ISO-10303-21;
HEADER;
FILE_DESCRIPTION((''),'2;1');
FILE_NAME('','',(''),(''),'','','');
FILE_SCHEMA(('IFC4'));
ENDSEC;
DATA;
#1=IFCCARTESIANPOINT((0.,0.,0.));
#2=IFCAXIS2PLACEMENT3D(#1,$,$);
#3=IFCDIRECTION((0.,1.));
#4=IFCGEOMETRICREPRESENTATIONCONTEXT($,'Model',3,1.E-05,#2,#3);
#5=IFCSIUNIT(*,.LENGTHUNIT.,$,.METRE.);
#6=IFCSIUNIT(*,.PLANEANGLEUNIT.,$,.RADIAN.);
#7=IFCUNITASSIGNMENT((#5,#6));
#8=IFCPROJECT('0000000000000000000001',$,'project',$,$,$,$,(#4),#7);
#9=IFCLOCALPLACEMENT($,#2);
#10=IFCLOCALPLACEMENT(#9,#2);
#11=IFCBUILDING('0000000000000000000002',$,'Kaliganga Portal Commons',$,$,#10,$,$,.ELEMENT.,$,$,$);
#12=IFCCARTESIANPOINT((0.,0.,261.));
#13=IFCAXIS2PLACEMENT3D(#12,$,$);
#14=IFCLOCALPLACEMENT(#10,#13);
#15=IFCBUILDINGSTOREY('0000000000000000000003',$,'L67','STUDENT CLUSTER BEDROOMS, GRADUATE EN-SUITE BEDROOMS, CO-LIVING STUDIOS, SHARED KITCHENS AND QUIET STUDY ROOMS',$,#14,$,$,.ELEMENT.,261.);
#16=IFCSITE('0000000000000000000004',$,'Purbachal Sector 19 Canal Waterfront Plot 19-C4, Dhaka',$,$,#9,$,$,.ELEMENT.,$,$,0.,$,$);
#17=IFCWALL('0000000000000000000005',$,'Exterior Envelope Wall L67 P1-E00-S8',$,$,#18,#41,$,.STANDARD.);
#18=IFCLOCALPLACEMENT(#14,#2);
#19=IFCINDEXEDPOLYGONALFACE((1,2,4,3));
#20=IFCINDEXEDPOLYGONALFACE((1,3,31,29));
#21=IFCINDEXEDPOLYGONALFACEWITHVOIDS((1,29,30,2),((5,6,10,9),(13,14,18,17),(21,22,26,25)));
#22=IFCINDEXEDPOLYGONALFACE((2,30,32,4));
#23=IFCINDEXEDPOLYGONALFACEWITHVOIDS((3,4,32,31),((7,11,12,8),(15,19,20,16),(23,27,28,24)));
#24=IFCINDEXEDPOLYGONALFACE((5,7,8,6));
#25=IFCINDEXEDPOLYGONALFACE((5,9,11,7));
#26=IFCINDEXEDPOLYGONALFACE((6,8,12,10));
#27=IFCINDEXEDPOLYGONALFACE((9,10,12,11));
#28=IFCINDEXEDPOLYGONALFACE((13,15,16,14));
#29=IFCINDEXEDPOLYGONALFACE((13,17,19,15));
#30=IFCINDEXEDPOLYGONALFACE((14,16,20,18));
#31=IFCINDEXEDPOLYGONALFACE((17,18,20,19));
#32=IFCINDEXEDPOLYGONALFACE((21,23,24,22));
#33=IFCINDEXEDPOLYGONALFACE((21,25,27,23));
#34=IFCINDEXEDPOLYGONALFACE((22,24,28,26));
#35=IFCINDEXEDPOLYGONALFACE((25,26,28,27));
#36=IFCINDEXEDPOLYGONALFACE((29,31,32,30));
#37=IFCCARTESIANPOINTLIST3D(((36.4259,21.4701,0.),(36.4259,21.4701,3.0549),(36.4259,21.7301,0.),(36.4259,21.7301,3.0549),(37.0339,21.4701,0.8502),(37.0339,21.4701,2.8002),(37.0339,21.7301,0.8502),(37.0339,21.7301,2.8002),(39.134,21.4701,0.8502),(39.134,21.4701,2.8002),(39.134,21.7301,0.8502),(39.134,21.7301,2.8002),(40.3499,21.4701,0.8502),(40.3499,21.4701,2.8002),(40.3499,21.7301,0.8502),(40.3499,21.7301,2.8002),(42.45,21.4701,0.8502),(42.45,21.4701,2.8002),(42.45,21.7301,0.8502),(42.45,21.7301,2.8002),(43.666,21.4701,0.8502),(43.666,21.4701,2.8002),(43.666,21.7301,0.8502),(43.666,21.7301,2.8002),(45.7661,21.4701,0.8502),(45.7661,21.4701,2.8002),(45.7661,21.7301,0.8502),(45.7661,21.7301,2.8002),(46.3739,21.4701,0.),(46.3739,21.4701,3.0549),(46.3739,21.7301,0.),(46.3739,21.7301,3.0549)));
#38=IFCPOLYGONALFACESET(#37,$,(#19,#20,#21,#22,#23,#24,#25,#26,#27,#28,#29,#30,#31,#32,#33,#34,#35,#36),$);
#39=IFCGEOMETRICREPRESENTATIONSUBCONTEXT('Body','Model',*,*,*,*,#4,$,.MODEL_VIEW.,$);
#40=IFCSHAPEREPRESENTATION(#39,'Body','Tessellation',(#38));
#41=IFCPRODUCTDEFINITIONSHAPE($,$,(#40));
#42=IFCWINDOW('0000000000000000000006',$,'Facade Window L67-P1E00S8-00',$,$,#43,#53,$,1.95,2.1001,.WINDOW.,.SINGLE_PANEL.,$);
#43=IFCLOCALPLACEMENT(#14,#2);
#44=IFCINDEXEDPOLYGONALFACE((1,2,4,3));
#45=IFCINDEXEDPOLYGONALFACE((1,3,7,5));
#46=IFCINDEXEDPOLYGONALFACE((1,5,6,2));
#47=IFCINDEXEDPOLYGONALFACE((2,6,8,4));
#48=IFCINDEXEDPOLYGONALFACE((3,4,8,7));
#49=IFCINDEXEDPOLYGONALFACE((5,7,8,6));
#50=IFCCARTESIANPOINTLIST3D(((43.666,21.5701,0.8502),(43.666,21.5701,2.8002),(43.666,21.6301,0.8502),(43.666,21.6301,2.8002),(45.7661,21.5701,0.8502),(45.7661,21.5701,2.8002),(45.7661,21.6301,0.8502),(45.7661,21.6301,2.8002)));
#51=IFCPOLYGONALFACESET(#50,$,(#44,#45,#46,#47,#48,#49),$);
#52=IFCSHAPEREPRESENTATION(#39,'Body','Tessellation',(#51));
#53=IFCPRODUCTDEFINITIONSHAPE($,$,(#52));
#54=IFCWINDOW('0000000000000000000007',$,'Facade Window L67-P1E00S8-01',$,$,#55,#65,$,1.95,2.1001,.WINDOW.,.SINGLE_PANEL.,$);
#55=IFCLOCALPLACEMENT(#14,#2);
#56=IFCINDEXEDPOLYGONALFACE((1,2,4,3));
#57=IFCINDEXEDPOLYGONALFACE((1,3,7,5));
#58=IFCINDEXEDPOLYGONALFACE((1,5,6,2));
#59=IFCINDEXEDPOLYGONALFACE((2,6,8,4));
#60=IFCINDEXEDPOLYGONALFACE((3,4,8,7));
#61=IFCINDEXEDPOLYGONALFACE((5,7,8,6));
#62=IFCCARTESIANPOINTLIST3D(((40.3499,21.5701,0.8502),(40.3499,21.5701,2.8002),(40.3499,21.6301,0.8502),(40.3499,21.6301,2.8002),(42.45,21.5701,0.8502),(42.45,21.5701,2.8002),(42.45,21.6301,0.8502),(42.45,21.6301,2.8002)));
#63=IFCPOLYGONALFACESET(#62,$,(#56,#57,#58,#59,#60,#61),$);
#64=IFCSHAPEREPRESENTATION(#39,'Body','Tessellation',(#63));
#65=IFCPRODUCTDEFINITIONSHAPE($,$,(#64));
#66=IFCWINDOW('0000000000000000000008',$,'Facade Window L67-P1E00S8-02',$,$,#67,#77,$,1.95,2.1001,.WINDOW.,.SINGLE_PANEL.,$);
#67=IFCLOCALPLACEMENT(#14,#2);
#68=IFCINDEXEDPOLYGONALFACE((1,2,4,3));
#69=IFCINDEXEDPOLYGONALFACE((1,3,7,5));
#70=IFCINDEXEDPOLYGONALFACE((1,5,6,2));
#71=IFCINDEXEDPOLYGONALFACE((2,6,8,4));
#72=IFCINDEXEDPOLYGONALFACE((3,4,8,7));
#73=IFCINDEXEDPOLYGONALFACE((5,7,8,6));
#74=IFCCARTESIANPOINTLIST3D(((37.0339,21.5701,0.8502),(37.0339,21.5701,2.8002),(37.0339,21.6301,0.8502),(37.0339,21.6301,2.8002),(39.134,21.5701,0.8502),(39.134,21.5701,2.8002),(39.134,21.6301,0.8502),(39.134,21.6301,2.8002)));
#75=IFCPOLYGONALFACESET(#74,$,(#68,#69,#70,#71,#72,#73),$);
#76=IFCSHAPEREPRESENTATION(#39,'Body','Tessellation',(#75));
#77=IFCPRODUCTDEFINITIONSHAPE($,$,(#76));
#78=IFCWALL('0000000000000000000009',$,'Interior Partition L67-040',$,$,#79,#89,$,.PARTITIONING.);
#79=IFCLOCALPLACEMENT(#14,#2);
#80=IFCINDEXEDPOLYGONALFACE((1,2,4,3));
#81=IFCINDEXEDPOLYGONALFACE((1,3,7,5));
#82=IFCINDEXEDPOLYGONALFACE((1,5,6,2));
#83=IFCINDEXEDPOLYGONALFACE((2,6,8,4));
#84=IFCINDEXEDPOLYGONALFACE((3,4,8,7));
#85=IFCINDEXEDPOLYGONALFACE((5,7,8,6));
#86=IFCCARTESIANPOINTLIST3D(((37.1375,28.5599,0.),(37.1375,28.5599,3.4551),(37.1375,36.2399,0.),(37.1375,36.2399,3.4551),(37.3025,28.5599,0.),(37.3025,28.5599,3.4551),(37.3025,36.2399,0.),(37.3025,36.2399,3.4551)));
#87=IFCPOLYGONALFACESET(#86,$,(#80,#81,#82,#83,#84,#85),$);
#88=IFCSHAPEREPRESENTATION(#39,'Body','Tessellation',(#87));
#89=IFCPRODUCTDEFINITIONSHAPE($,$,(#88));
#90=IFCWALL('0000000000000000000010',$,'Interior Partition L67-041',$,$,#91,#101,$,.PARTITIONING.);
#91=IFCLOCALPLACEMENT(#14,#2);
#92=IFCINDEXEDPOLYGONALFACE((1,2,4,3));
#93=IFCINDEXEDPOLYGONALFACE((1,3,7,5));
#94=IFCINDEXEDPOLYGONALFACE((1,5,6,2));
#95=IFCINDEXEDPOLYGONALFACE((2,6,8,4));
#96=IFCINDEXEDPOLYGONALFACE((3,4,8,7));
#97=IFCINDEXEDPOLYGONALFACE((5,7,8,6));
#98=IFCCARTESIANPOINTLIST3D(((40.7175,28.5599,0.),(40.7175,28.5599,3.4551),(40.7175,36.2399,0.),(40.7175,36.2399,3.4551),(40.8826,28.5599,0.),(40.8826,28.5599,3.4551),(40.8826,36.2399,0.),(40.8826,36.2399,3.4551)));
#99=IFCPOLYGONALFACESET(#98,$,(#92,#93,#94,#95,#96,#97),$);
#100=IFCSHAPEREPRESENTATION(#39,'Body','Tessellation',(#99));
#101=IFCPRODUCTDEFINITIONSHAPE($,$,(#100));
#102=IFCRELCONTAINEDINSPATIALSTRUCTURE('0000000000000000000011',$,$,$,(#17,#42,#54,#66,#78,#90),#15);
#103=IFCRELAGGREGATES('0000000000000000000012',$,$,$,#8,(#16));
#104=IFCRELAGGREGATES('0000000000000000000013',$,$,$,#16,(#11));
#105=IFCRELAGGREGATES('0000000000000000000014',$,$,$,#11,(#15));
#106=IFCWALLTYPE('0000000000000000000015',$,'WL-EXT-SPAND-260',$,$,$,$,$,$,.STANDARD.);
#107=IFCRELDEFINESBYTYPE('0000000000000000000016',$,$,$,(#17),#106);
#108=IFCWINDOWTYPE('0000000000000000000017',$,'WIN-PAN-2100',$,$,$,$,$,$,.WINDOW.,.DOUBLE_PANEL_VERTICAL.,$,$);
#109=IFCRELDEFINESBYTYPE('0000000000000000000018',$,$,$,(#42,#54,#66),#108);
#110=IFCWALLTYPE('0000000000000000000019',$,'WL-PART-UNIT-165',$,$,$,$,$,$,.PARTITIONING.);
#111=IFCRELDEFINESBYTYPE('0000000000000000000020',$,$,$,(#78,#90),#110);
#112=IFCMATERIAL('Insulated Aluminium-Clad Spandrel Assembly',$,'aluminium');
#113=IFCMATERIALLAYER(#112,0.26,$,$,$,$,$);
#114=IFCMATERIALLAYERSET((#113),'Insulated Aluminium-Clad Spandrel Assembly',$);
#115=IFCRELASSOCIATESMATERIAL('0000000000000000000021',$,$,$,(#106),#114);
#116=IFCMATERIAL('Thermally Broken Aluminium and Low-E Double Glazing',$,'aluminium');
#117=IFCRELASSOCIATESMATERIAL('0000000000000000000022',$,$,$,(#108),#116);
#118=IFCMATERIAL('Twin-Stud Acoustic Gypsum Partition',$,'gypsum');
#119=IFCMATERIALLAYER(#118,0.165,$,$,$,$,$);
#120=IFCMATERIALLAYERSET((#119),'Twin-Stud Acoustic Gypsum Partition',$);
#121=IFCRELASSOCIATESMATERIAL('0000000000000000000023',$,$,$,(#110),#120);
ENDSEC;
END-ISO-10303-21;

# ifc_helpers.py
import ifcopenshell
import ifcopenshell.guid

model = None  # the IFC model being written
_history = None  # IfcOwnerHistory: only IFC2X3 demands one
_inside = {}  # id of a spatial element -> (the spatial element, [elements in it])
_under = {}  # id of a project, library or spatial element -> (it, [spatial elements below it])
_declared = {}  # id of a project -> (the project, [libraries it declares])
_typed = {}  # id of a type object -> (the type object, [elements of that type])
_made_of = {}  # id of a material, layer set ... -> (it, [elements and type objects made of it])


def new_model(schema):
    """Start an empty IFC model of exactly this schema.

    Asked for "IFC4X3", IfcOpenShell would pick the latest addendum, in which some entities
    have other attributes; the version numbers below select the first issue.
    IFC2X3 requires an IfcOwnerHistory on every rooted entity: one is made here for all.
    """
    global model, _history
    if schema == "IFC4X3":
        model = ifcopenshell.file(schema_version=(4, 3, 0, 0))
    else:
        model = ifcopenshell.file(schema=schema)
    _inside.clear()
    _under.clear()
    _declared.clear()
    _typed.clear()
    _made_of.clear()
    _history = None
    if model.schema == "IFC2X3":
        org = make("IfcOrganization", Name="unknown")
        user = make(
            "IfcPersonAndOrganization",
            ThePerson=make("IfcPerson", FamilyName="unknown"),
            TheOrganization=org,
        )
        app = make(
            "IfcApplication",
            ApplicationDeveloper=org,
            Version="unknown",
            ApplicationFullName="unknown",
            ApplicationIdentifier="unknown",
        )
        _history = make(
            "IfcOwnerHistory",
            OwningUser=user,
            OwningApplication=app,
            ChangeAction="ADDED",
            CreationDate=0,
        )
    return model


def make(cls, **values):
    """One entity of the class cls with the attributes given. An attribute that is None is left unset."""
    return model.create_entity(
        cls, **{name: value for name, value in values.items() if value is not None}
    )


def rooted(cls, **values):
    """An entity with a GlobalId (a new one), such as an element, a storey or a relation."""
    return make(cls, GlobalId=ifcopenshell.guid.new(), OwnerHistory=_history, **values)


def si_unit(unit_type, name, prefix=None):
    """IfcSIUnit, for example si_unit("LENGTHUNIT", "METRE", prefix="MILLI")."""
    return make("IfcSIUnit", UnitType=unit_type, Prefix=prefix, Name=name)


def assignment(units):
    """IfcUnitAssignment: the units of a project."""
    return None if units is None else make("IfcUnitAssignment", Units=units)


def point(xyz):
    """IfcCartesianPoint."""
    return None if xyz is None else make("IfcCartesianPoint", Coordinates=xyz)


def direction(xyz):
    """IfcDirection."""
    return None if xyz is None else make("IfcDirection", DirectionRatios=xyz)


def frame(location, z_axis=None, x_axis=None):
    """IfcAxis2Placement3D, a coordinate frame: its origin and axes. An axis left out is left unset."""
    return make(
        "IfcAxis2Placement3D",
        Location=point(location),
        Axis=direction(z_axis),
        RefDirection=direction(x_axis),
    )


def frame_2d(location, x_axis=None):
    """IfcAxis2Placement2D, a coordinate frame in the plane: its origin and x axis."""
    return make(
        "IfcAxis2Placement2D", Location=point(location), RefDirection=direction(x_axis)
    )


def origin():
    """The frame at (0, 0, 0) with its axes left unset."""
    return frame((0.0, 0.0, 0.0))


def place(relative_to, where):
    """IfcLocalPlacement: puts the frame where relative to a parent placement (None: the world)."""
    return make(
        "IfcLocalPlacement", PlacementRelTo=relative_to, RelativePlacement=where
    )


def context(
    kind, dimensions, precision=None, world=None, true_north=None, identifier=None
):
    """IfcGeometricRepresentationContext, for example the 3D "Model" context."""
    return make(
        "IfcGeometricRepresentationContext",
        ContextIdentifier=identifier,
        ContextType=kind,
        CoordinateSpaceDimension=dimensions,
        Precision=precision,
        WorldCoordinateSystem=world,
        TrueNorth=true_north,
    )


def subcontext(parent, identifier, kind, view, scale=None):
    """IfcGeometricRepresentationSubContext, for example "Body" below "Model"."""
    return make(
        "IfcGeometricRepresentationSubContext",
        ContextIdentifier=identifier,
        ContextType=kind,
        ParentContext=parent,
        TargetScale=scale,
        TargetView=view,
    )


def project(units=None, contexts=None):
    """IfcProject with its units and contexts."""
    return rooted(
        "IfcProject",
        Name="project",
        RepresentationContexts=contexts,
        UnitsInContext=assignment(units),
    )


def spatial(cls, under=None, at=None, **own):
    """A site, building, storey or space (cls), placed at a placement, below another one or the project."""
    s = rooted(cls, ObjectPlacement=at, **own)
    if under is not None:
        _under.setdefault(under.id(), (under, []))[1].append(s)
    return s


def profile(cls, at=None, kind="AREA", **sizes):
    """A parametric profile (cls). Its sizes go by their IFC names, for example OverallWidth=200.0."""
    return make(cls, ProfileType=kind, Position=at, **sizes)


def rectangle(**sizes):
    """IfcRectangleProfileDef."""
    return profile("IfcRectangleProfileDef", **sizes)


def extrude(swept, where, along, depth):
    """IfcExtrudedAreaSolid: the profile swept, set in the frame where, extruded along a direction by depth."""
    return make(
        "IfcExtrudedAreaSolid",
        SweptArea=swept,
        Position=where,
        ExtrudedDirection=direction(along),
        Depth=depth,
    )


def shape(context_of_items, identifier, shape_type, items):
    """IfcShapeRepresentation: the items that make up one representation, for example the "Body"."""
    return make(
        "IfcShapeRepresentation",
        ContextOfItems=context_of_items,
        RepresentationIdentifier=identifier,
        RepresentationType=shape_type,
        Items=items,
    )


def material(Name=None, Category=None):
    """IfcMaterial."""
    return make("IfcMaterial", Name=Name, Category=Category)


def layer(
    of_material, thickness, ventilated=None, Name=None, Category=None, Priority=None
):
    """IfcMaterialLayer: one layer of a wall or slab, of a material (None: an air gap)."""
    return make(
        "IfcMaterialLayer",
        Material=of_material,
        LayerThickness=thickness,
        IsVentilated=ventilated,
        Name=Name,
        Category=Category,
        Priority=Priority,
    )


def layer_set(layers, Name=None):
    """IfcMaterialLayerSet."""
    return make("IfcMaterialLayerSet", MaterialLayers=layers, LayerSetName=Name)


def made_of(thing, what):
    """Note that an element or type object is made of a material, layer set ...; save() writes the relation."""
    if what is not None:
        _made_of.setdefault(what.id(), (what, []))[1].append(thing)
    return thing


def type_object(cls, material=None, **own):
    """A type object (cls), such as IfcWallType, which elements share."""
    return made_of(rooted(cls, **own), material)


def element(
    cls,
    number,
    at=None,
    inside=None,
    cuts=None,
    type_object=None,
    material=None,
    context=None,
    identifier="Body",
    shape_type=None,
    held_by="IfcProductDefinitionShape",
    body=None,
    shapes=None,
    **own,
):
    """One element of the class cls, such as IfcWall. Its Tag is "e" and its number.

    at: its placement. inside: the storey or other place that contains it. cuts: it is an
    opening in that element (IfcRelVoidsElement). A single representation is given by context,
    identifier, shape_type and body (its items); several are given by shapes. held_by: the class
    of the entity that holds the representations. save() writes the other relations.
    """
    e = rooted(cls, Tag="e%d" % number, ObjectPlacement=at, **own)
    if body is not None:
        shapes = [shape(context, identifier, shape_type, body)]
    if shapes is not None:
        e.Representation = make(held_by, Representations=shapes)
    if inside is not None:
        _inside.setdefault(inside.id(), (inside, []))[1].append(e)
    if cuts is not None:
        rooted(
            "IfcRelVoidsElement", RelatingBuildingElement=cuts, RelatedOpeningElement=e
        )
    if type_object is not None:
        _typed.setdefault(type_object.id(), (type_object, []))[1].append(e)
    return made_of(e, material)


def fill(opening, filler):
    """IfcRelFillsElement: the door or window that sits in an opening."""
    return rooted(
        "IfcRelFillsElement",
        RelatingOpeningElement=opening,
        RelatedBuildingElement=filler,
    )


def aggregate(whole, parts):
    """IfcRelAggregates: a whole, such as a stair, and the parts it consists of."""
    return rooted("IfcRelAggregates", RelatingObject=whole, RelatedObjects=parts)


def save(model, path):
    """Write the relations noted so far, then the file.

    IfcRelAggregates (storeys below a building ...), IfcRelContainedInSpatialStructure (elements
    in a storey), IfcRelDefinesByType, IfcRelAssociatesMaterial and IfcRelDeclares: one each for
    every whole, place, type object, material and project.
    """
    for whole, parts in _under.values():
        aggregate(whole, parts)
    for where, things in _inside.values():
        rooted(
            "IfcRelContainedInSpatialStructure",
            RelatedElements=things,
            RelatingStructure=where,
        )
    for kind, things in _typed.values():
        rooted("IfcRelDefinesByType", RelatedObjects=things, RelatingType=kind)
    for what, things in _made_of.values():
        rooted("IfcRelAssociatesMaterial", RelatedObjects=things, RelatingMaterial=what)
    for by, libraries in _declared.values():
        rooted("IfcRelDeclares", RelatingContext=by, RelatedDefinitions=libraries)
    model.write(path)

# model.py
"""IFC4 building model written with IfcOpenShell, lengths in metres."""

from ifc_helpers import new_model, si_unit, direction, frame, frame_2d, origin, place, context, subcontext, project, spatial, rectangle, extrude, material, layer, layer_set, type_object, element, fill, save


model = new_model("IFC4")

# Units and contexts
model_context = context("Model", 3, precision=1e-05, world=origin(), true_north=direction((0.0, 1.0)))
body_context = subcontext(model_context, "Body", "Model", "MODEL_VIEW")
ifc_project = project(units=[si_unit("LENGTHUNIT", "METRE"), si_unit("PLANEANGLEUNIT", "RADIAN")], contexts=[model_context])

# Site, building, storey
site_placement = place(None, origin())
site = spatial("IfcSite", under=ifc_project, at=site_placement, Name="Purbachal Sector 19 Canal Waterfront Plot 19-C4, Dhaka", CompositionType="ELEMENT", RefElevation=0.0)
building_placement = place(site_placement, origin())
building = spatial("IfcBuilding", under=site, at=building_placement, Name="Kaliganga Portal Commons", CompositionType="ELEMENT")
storey_placement = place(building_placement, frame((0.0, 0.0, 261.0)))
storey = spatial("IfcBuildingStorey", under=building, at=storey_placement, Name="L67", Description="STUDENT CLUSTER BEDROOMS, GRADUATE EN-SUITE BEDROOMS, CO-LIVING STUDIOS, SHARED KITCHENS AND QUIET STUDY ROOMS", CompositionType="ELEMENT", Elevation=261.0)

# Wall, openings, windows
ifc_material_1 = material(Name="Insulated Aluminium-Clad Spandrel Assembly", Category="aluminium")
ifc_layer_1 = layer(ifc_material_1, 0.26)
ifc_layer_set_1 = layer_set([ifc_layer_1], Name="Insulated Aluminium-Clad Spandrel Assembly")
wall_type_1 = type_object("IfcWallType", Name="WL-EXT-SPAND-260", PredefinedType="STANDARD", material=ifc_layer_set_1)
wall_1_placement = place(storey_placement, frame((46.374, 21.6001, 0.0), z_axis=(0.0, 0.0, 1.0), x_axis=(-1.0, 0.0, 0.0)))
wall_1 = element("IfcWall", 1, at=wall_1_placement, inside=storey, type_object=wall_type_1, Name="Exterior Envelope Wall L67 P1-E00-S8", PredefinedType="STANDARD", context=body_context, shape_type="SweptSolid", body=[
    extrude(rectangle(XDim=9.948, YDim=0.26, at=frame_2d((4.9741, 0.0))), origin(), (0.0, 0.0, 1.0), 3.0549),
])
opening_1_placement = place(wall_1_placement, frame((0.6079, 0.0, 0.8501)))
opening_1 = element("IfcOpeningElement", 2, at=opening_1_placement, cuts=wall_1, PredefinedType="OPENING", context=body_context, shape_type="SweptSolid", body=[
    extrude(rectangle(XDim=2.1001, YDim=1.95, at=frame_2d((1.05, 0.9751))), frame((0.0, 0.1401, 0.0), z_axis=(0.0, -1.0, 0.0), x_axis=(1.0, 0.0, 0.0)), (0.0, 0.0, 1.0), 0.28),
])
opening_2_placement = place(wall_1_placement, frame((3.9241, 0.0, 0.8501)))
opening_2 = element("IfcOpeningElement", 3, at=opening_2_placement, cuts=wall_1, PredefinedType="OPENING", context=body_context, shape_type="SweptSolid", body=[
    extrude(rectangle(XDim=2.1001, YDim=1.95, at=frame_2d((1.05, 0.9751))), frame((0.0, 0.1401, 0.0), z_axis=(0.0, -1.0, 0.0), x_axis=(1.0, 0.0, 0.0)), (0.0, 0.0, 1.0), 0.28),
])
opening_3_placement = place(wall_1_placement, frame((7.24, 0.0, 0.8501)))
opening_3 = element("IfcOpeningElement", 4, at=opening_3_placement, cuts=wall_1, PredefinedType="OPENING", context=body_context, shape_type="SweptSolid", body=[
    extrude(rectangle(XDim=2.1001, YDim=1.95, at=frame_2d((1.05, 0.9751))), frame((0.0, 0.1401, 0.0), z_axis=(0.0, -1.0, 0.0), x_axis=(1.0, 0.0, 0.0)), (0.0, 0.0, 1.0), 0.28),
])
ifc_material_2 = material(Name="Thermally Broken Aluminium and Low-E Double Glazing", Category="aluminium")
window_type = type_object("IfcWindowType", Name="WIN-PAN-2100", PartitioningType="DOUBLE_PANEL_VERTICAL", PredefinedType="WINDOW", material=ifc_material_2)
window_1_placement = place(opening_1_placement, origin())
window_1 = element("IfcWindow", 5, at=window_1_placement, inside=storey, type_object=window_type, Name="Facade Window L67-P1E00S8-00", OverallHeight=1.95, OverallWidth=2.1001, PartitioningType="SINGLE_PANEL", PredefinedType="WINDOW", context=body_context, shape_type="SweptSolid", body=[
    extrude(rectangle(XDim=2.1001, YDim=1.95, at=frame_2d((1.05, 0.9751))), frame((0.0, 0.03, 0.0), z_axis=(0.0, -1.0, 0.0), x_axis=(1.0, 0.0, 0.0)), (0.0, 0.0, 1.0), 0.0601),
])
fill(opening_1, window_1)
window_2_placement = place(opening_2_placement, origin())
window_2 = element("IfcWindow", 6, at=window_2_placement, inside=storey, type_object=window_type, Name="Facade Window L67-P1E00S8-01", OverallHeight=1.95, OverallWidth=2.1001, PartitioningType="SINGLE_PANEL", PredefinedType="WINDOW", context=body_context, shape_type="SweptSolid", body=[
    extrude(rectangle(XDim=2.1001, YDim=1.95, at=frame_2d((1.05, 0.9751))), frame((0.0, 0.03, 0.0), z_axis=(0.0, -1.0, 0.0), x_axis=(1.0, 0.0, 0.0)), (0.0, 0.0, 1.0), 0.0601),
])
fill(opening_2, window_2)
window_3_placement = place(opening_3_placement, origin())
window_3 = element("IfcWindow", 7, at=window_3_placement, inside=storey, type_object=window_type, Name="Facade Window L67-P1E00S8-02", OverallHeight=1.95, OverallWidth=2.1001, PartitioningType="SINGLE_PANEL", PredefinedType="WINDOW", context=body_context, shape_type="SweptSolid", body=[
    extrude(rectangle(XDim=2.1001, YDim=1.95, at=frame_2d((1.05, 0.9751))), frame((0.0, 0.03, 0.0), z_axis=(0.0, -1.0, 0.0), x_axis=(1.0, 0.0, 0.0)), (0.0, 0.0, 1.0), 0.0601),
])
fill(opening_3, window_3)

# Walls
ifc_material_3 = material(Name="Twin-Stud Acoustic Gypsum Partition", Category="gypsum")
ifc_layer_2 = layer(ifc_material_3, 0.165)
ifc_layer_set_2 = layer_set([ifc_layer_2], Name="Twin-Stud Acoustic Gypsum Partition")
wall_type_2 = type_object("IfcWallType", Name="WL-PART-UNIT-165", PredefinedType="PARTITIONING", material=ifc_layer_set_2)
for number, where, z_axis, x_axis, name in (
    (8, (37.22, 28.5601, 0.0), (0.0, 0.0, 1.0), (0.0, 1.0, 0.0), "Interior Partition L67-040"),
    (9, (40.8, 28.5601, 0.0), (0.0, 0.0, 1.0), (0.0, 1.0, 0.0), "Interior Partition L67-041"),
):
    element("IfcWall", number, at=place(storey_placement, frame(where, z_axis=z_axis, x_axis=x_axis)), inside=storey, type_object=wall_type_2, Name=name, PredefinedType="PARTITIONING", context=body_context, shape_type="SweptSolid", body=[
        extrude(rectangle(XDim=7.6799, YDim=0.165, at=frame_2d((3.8398, 0.0))), origin(), (0.0, 0.0, 1.0), 3.4551),
    ])

save(model, "model.ifc")
